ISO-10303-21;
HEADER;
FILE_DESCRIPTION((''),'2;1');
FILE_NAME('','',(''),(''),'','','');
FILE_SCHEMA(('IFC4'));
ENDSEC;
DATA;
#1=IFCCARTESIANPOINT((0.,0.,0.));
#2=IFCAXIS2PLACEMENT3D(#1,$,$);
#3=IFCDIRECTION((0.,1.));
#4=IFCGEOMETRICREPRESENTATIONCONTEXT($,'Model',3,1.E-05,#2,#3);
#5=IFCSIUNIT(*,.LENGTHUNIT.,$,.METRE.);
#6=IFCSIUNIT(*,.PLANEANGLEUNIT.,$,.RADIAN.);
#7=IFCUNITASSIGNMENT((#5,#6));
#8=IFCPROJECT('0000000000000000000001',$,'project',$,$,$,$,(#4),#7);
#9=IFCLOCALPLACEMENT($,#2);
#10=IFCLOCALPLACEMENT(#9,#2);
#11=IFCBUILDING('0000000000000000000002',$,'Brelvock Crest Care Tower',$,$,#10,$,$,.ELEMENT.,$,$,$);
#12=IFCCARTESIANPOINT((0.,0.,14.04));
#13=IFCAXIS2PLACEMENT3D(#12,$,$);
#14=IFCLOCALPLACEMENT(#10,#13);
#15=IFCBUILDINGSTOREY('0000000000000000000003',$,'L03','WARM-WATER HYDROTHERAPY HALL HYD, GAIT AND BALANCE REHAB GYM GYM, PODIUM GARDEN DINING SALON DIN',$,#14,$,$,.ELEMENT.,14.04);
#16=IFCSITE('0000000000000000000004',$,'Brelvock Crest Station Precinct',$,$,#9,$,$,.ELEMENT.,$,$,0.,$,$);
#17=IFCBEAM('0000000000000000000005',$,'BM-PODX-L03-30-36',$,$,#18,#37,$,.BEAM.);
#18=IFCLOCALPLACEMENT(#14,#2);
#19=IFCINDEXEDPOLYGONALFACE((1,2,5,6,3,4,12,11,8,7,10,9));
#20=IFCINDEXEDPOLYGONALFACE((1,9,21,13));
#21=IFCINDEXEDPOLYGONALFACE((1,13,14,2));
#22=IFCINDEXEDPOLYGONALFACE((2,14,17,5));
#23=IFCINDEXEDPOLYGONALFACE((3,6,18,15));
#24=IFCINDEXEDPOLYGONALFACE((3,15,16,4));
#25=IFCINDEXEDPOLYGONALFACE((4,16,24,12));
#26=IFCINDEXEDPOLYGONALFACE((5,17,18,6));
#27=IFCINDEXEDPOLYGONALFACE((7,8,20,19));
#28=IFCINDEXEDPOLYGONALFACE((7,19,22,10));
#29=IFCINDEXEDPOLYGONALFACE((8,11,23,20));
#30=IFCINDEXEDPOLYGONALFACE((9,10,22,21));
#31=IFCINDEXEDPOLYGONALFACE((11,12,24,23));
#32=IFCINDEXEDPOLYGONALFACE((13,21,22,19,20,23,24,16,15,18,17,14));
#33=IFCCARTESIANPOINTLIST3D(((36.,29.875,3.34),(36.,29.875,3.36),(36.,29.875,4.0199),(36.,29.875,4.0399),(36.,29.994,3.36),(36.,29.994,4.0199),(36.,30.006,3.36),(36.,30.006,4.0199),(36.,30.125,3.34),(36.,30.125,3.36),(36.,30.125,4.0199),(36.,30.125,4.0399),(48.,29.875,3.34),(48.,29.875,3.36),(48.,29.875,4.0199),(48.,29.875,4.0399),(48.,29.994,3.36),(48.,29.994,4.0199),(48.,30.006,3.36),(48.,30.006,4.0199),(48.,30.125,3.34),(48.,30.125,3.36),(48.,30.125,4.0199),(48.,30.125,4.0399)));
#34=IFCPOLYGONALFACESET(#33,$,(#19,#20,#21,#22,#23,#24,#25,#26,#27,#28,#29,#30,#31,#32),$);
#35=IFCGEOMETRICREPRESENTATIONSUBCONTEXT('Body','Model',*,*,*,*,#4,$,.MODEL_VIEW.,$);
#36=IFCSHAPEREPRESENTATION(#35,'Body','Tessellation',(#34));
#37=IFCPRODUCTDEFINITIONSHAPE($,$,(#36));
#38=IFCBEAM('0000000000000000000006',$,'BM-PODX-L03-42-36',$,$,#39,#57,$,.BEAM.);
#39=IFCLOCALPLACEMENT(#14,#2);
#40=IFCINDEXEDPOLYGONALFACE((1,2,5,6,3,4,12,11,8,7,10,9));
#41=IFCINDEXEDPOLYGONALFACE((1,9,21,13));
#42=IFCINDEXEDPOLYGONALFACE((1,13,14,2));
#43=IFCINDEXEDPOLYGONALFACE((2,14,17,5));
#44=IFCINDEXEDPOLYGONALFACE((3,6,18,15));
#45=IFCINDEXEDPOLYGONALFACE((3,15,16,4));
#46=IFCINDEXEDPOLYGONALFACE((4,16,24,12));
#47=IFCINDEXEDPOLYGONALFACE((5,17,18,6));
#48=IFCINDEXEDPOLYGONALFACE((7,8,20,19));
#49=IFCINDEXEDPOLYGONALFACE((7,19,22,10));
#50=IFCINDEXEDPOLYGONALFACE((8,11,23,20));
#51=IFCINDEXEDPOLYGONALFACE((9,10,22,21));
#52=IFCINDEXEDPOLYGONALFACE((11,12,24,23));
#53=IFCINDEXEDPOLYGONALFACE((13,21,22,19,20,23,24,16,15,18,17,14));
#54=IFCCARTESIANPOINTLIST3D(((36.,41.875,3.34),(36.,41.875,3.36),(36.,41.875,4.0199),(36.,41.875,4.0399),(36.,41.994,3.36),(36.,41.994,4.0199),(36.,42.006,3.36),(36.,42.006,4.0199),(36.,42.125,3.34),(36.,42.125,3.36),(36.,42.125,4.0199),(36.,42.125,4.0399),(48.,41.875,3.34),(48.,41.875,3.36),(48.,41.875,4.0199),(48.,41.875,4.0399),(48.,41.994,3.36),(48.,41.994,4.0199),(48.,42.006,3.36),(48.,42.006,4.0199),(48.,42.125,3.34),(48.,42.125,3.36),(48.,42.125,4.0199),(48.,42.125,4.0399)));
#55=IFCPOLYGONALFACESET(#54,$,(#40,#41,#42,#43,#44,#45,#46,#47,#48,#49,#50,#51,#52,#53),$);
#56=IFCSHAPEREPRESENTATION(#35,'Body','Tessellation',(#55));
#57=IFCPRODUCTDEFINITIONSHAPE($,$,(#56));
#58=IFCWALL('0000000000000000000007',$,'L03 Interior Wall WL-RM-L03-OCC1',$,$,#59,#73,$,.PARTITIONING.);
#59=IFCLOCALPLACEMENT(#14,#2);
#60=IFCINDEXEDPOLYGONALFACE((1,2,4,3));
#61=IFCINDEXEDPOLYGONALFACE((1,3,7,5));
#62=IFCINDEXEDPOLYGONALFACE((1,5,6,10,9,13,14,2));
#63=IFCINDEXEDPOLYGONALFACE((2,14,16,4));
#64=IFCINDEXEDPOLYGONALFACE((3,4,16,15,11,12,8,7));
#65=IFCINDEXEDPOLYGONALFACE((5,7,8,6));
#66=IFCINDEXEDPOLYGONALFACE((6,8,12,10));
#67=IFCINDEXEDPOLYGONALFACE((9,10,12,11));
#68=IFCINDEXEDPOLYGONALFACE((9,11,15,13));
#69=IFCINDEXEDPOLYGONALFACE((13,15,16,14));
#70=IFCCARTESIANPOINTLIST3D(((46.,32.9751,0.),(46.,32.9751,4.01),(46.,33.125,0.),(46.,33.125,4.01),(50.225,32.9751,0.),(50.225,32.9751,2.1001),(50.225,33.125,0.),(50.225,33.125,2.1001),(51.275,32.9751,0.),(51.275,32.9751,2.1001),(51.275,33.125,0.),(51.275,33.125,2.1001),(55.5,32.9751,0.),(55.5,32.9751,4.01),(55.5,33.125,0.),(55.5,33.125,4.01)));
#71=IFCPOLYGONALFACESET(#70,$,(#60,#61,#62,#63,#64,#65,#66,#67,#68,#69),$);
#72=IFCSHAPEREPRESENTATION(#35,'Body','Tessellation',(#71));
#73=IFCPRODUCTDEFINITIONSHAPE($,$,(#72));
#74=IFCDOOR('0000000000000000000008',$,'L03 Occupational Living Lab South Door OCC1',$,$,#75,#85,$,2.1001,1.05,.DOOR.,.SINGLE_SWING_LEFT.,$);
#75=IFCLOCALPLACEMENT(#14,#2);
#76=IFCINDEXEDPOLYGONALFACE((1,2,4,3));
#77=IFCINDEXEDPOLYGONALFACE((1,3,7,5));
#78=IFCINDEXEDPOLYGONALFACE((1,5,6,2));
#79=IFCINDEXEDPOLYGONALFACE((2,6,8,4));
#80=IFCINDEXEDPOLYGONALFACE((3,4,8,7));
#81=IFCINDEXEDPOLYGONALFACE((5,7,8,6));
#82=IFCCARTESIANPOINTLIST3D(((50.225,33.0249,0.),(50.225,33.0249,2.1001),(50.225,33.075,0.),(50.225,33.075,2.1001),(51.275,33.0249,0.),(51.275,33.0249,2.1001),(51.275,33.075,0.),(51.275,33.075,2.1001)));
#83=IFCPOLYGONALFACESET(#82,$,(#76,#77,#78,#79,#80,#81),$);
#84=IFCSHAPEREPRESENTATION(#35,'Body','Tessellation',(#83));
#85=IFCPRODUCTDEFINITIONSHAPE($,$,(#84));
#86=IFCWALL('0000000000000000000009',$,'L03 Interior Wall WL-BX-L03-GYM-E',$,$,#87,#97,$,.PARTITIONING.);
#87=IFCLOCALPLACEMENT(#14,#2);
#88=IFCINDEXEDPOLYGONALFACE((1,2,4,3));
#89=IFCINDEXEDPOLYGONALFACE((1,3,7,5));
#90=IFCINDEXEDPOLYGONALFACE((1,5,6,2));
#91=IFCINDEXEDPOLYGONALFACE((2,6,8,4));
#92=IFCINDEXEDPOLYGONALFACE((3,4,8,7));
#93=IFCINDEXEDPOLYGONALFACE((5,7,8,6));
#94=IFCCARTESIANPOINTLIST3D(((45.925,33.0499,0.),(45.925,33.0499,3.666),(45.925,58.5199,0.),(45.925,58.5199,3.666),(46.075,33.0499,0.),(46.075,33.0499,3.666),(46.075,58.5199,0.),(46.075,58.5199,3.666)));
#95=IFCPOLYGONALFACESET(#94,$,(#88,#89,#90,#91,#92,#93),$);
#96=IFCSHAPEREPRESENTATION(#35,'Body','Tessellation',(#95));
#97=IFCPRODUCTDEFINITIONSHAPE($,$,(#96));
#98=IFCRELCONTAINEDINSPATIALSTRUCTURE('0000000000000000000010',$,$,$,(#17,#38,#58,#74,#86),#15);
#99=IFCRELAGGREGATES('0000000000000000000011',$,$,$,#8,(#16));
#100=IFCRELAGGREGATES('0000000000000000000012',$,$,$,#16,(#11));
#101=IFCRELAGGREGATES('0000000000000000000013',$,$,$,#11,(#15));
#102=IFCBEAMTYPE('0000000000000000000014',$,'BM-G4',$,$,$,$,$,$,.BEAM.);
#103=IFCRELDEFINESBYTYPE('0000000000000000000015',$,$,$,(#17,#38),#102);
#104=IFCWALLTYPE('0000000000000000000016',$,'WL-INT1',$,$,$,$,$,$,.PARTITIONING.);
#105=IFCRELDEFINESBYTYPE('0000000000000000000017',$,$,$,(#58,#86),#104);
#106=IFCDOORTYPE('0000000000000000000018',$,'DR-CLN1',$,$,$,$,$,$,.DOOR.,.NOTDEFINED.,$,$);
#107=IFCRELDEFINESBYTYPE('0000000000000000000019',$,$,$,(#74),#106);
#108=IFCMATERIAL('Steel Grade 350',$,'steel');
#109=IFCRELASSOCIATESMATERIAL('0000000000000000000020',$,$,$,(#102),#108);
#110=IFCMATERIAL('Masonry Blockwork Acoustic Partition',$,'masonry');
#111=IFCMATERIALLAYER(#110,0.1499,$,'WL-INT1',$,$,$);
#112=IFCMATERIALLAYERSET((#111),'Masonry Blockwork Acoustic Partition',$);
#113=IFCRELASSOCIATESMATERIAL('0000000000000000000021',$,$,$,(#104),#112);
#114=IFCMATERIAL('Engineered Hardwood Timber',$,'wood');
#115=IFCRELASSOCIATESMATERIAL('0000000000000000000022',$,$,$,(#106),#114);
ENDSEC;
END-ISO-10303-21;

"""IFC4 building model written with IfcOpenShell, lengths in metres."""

from ifc_helpers import new_model, si_unit, direction, frame, frame_2d, origin, origin_2d, place, context, subcontext, project, spatial, rectangle, i_section, extrude, source, transform, mapped, material, layer, layer_set, material_profile, profile_set, type_object, element, fill, save


model = new_model("IFC4")

# Units and contexts
model_context = context("Model", 3, precision=1e-05, world=origin(), true_north=direction((0.0, 1.0)))
body_context = subcontext(model_context, "Body", "Model", "MODEL_VIEW")
ifc_project = project(units=[si_unit("LENGTHUNIT", "METRE"), si_unit("PLANEANGLEUNIT", "RADIAN")], contexts=[model_context])

# Site, building, storey
site_placement = place(None, origin())
site = spatial("IfcSite", under=ifc_project, at=site_placement, Name="Brelvock Crest Station Precinct", CompositionType="ELEMENT", RefElevation=0.0)
building_placement = place(site_placement, origin())
building = spatial("IfcBuilding", under=site, at=building_placement, Name="Brelvock Crest Care Tower", CompositionType="ELEMENT")
storey_placement = place(building_placement, frame((0.0, 0.0, 14.04)))
storey = spatial("IfcBuildingStorey", under=building, at=storey_placement, Name="L03", Description="WARM-WATER HYDROTHERAPY HALL HYD, GAIT AND BALANCE REHAB GYM GYM, PODIUM GARDEN DINING SALON DIN", CompositionType="ELEMENT", Elevation=14.04)

# Shared definitions
ifc_material_1 = material(Name="Steel Grade 350", Category="steel")

# Beams
ifc_material_profile_1 = material_profile(ifc_material_1, i_section(OverallWidth=0.25, OverallDepth=0.7, WebThickness=0.012, FlangeThickness=0.02, at=origin_2d()), Name="700WB150")
ifc_profile_set_1 = profile_set([ifc_material_profile_1], Name="Steel Grade 350")
beam_type_1 = type_object("IfcBeamType", Name="BM-G4", PredefinedType="BEAM", material=ifc_profile_set_1)
shared_shape_1 = source(origin(), body_context, "Body", "SweptSolid", [
    extrude(i_section(OverallWidth=0.25, OverallDepth=0.7, WebThickness=0.012, FlangeThickness=0.02, at=origin_2d()), origin(), (0.0, 0.0, 1.0), 12.0),
])
for number, where, z_axis, x_axis, name in (
    (1, (36.0, 30.0, 3.6899), (1.0, 0.0, 0.0), (0.0, 1.0, 0.0), "BM-PODX-L03-30-36"),
    (2, (36.0, 42.0, 3.6899), (1.0, 0.0, 0.0), (0.0, 1.0, 0.0), "BM-PODX-L03-42-36"),
):
    element("IfcBeam", number, at=place(storey_placement, frame(where, z_axis=z_axis, x_axis=x_axis)), inside=storey, type_object=beam_type_1, Name=name, PredefinedType="BEAM", context=body_context, shape_type="MappedRepresentation", body=[
        mapped(shared_shape_1, transform((0.0, 0.0, 0.0), x_axis=(1.0, 0.0, 0.0), y_axis=(0.0, 1.0, 0.0), z_axis=(0.0, 0.0, 1.0), scale=1.0)),
    ])

# Wall, opening, door
ifc_material_2 = material(Name="Masonry Blockwork Acoustic Partition", Category="masonry")
ifc_layer = layer(ifc_material_2, 0.1499, Name="WL-INT1")
ifc_layer_set = layer_set([ifc_layer], Name="Masonry Blockwork Acoustic Partition")
wall_type = type_object("IfcWallType", Name="WL-INT1", PredefinedType="PARTITIONING", material=ifc_layer_set)
wall_1_placement = place(storey_placement, frame((46.0, 33.05, 0.0), z_axis=(0.0, 0.0, 1.0), x_axis=(1.0, 0.0, 0.0)))
wall_1 = element("IfcWall", 3, at=wall_1_placement, inside=storey, type_object=wall_type, Name="L03 Interior Wall WL-RM-L03-OCC1", PredefinedType="PARTITIONING", context=body_context, shape_type="SweptSolid", body=[
    extrude(rectangle(XDim=9.5, YDim=0.1499, at=frame_2d((4.75, 0.0))), origin(), (0.0, 0.0, 1.0), 4.01),
])
opening_placement = place(wall_1_placement, frame((4.2251, 0.0, 0.0)))
opening = element("IfcOpeningElement", 4, at=opening_placement, cuts=wall_1, PredefinedType="OPENING", context=body_context, shape_type="SweptSolid", body=[
    extrude(rectangle(XDim=1.05, YDim=2.1001, at=origin_2d()), frame((0.5249, 0.085, 1.05), z_axis=(0.0, -1.0, 0.0), x_axis=(1.0, 0.0, 0.0)), (0.0, 0.0, 1.0), 0.1699),
])
ifc_material_3 = material(Name="Engineered Hardwood Timber", Category="wood")
door_type = type_object("IfcDoorType", Name="DR-CLN1", OperationType="NOTDEFINED", PredefinedType="DOOR", material=ifc_material_3)
shared_shape_2 = source(origin(), body_context, "Body", "SweptSolid", [
    extrude(rectangle(XDim=1.05, YDim=2.1001, at=origin_2d()), frame((0.5249, 0.0249, 1.05), z_axis=(0.0, -1.0, 0.0), x_axis=(1.0, 0.0, 0.0)), (0.0, 0.0, 1.0), 0.05),
])
door_placement = place(opening_placement, origin())
door = element("IfcDoor", 5, at=door_placement, inside=storey, type_object=door_type, Name="L03 Occupational Living Lab South Door OCC1", OperationType="SINGLE_SWING_LEFT", OverallHeight=2.1001, OverallWidth=1.05, PredefinedType="DOOR", context=body_context, shape_type="MappedRepresentation", body=[
    mapped(shared_shape_2, transform((0.0, 0.0, 0.0), x_axis=(1.0, 0.0, 0.0), y_axis=(0.0, 1.0, 0.0), z_axis=(0.0, 0.0, 1.0), scale=1.0)),
])
fill(opening, door)

# Wall
wall_2_placement = place(storey_placement, frame((46.0, 33.05, 0.0), z_axis=(0.0, 0.0, 1.0), x_axis=(0.0, 1.0, 0.0)))
element("IfcWall", 6, at=wall_2_placement, inside=storey, type_object=wall_type, Name="L03 Interior Wall WL-BX-L03-GYM-E", PredefinedType="PARTITIONING", context=body_context, shape_type="SweptSolid", body=[
    extrude(rectangle(XDim=25.47, YDim=0.1499, at=frame_2d((12.7349, 0.0))), origin(), (0.0, 0.0, 1.0), 3.666),
])

save(model, "model.ifc")
